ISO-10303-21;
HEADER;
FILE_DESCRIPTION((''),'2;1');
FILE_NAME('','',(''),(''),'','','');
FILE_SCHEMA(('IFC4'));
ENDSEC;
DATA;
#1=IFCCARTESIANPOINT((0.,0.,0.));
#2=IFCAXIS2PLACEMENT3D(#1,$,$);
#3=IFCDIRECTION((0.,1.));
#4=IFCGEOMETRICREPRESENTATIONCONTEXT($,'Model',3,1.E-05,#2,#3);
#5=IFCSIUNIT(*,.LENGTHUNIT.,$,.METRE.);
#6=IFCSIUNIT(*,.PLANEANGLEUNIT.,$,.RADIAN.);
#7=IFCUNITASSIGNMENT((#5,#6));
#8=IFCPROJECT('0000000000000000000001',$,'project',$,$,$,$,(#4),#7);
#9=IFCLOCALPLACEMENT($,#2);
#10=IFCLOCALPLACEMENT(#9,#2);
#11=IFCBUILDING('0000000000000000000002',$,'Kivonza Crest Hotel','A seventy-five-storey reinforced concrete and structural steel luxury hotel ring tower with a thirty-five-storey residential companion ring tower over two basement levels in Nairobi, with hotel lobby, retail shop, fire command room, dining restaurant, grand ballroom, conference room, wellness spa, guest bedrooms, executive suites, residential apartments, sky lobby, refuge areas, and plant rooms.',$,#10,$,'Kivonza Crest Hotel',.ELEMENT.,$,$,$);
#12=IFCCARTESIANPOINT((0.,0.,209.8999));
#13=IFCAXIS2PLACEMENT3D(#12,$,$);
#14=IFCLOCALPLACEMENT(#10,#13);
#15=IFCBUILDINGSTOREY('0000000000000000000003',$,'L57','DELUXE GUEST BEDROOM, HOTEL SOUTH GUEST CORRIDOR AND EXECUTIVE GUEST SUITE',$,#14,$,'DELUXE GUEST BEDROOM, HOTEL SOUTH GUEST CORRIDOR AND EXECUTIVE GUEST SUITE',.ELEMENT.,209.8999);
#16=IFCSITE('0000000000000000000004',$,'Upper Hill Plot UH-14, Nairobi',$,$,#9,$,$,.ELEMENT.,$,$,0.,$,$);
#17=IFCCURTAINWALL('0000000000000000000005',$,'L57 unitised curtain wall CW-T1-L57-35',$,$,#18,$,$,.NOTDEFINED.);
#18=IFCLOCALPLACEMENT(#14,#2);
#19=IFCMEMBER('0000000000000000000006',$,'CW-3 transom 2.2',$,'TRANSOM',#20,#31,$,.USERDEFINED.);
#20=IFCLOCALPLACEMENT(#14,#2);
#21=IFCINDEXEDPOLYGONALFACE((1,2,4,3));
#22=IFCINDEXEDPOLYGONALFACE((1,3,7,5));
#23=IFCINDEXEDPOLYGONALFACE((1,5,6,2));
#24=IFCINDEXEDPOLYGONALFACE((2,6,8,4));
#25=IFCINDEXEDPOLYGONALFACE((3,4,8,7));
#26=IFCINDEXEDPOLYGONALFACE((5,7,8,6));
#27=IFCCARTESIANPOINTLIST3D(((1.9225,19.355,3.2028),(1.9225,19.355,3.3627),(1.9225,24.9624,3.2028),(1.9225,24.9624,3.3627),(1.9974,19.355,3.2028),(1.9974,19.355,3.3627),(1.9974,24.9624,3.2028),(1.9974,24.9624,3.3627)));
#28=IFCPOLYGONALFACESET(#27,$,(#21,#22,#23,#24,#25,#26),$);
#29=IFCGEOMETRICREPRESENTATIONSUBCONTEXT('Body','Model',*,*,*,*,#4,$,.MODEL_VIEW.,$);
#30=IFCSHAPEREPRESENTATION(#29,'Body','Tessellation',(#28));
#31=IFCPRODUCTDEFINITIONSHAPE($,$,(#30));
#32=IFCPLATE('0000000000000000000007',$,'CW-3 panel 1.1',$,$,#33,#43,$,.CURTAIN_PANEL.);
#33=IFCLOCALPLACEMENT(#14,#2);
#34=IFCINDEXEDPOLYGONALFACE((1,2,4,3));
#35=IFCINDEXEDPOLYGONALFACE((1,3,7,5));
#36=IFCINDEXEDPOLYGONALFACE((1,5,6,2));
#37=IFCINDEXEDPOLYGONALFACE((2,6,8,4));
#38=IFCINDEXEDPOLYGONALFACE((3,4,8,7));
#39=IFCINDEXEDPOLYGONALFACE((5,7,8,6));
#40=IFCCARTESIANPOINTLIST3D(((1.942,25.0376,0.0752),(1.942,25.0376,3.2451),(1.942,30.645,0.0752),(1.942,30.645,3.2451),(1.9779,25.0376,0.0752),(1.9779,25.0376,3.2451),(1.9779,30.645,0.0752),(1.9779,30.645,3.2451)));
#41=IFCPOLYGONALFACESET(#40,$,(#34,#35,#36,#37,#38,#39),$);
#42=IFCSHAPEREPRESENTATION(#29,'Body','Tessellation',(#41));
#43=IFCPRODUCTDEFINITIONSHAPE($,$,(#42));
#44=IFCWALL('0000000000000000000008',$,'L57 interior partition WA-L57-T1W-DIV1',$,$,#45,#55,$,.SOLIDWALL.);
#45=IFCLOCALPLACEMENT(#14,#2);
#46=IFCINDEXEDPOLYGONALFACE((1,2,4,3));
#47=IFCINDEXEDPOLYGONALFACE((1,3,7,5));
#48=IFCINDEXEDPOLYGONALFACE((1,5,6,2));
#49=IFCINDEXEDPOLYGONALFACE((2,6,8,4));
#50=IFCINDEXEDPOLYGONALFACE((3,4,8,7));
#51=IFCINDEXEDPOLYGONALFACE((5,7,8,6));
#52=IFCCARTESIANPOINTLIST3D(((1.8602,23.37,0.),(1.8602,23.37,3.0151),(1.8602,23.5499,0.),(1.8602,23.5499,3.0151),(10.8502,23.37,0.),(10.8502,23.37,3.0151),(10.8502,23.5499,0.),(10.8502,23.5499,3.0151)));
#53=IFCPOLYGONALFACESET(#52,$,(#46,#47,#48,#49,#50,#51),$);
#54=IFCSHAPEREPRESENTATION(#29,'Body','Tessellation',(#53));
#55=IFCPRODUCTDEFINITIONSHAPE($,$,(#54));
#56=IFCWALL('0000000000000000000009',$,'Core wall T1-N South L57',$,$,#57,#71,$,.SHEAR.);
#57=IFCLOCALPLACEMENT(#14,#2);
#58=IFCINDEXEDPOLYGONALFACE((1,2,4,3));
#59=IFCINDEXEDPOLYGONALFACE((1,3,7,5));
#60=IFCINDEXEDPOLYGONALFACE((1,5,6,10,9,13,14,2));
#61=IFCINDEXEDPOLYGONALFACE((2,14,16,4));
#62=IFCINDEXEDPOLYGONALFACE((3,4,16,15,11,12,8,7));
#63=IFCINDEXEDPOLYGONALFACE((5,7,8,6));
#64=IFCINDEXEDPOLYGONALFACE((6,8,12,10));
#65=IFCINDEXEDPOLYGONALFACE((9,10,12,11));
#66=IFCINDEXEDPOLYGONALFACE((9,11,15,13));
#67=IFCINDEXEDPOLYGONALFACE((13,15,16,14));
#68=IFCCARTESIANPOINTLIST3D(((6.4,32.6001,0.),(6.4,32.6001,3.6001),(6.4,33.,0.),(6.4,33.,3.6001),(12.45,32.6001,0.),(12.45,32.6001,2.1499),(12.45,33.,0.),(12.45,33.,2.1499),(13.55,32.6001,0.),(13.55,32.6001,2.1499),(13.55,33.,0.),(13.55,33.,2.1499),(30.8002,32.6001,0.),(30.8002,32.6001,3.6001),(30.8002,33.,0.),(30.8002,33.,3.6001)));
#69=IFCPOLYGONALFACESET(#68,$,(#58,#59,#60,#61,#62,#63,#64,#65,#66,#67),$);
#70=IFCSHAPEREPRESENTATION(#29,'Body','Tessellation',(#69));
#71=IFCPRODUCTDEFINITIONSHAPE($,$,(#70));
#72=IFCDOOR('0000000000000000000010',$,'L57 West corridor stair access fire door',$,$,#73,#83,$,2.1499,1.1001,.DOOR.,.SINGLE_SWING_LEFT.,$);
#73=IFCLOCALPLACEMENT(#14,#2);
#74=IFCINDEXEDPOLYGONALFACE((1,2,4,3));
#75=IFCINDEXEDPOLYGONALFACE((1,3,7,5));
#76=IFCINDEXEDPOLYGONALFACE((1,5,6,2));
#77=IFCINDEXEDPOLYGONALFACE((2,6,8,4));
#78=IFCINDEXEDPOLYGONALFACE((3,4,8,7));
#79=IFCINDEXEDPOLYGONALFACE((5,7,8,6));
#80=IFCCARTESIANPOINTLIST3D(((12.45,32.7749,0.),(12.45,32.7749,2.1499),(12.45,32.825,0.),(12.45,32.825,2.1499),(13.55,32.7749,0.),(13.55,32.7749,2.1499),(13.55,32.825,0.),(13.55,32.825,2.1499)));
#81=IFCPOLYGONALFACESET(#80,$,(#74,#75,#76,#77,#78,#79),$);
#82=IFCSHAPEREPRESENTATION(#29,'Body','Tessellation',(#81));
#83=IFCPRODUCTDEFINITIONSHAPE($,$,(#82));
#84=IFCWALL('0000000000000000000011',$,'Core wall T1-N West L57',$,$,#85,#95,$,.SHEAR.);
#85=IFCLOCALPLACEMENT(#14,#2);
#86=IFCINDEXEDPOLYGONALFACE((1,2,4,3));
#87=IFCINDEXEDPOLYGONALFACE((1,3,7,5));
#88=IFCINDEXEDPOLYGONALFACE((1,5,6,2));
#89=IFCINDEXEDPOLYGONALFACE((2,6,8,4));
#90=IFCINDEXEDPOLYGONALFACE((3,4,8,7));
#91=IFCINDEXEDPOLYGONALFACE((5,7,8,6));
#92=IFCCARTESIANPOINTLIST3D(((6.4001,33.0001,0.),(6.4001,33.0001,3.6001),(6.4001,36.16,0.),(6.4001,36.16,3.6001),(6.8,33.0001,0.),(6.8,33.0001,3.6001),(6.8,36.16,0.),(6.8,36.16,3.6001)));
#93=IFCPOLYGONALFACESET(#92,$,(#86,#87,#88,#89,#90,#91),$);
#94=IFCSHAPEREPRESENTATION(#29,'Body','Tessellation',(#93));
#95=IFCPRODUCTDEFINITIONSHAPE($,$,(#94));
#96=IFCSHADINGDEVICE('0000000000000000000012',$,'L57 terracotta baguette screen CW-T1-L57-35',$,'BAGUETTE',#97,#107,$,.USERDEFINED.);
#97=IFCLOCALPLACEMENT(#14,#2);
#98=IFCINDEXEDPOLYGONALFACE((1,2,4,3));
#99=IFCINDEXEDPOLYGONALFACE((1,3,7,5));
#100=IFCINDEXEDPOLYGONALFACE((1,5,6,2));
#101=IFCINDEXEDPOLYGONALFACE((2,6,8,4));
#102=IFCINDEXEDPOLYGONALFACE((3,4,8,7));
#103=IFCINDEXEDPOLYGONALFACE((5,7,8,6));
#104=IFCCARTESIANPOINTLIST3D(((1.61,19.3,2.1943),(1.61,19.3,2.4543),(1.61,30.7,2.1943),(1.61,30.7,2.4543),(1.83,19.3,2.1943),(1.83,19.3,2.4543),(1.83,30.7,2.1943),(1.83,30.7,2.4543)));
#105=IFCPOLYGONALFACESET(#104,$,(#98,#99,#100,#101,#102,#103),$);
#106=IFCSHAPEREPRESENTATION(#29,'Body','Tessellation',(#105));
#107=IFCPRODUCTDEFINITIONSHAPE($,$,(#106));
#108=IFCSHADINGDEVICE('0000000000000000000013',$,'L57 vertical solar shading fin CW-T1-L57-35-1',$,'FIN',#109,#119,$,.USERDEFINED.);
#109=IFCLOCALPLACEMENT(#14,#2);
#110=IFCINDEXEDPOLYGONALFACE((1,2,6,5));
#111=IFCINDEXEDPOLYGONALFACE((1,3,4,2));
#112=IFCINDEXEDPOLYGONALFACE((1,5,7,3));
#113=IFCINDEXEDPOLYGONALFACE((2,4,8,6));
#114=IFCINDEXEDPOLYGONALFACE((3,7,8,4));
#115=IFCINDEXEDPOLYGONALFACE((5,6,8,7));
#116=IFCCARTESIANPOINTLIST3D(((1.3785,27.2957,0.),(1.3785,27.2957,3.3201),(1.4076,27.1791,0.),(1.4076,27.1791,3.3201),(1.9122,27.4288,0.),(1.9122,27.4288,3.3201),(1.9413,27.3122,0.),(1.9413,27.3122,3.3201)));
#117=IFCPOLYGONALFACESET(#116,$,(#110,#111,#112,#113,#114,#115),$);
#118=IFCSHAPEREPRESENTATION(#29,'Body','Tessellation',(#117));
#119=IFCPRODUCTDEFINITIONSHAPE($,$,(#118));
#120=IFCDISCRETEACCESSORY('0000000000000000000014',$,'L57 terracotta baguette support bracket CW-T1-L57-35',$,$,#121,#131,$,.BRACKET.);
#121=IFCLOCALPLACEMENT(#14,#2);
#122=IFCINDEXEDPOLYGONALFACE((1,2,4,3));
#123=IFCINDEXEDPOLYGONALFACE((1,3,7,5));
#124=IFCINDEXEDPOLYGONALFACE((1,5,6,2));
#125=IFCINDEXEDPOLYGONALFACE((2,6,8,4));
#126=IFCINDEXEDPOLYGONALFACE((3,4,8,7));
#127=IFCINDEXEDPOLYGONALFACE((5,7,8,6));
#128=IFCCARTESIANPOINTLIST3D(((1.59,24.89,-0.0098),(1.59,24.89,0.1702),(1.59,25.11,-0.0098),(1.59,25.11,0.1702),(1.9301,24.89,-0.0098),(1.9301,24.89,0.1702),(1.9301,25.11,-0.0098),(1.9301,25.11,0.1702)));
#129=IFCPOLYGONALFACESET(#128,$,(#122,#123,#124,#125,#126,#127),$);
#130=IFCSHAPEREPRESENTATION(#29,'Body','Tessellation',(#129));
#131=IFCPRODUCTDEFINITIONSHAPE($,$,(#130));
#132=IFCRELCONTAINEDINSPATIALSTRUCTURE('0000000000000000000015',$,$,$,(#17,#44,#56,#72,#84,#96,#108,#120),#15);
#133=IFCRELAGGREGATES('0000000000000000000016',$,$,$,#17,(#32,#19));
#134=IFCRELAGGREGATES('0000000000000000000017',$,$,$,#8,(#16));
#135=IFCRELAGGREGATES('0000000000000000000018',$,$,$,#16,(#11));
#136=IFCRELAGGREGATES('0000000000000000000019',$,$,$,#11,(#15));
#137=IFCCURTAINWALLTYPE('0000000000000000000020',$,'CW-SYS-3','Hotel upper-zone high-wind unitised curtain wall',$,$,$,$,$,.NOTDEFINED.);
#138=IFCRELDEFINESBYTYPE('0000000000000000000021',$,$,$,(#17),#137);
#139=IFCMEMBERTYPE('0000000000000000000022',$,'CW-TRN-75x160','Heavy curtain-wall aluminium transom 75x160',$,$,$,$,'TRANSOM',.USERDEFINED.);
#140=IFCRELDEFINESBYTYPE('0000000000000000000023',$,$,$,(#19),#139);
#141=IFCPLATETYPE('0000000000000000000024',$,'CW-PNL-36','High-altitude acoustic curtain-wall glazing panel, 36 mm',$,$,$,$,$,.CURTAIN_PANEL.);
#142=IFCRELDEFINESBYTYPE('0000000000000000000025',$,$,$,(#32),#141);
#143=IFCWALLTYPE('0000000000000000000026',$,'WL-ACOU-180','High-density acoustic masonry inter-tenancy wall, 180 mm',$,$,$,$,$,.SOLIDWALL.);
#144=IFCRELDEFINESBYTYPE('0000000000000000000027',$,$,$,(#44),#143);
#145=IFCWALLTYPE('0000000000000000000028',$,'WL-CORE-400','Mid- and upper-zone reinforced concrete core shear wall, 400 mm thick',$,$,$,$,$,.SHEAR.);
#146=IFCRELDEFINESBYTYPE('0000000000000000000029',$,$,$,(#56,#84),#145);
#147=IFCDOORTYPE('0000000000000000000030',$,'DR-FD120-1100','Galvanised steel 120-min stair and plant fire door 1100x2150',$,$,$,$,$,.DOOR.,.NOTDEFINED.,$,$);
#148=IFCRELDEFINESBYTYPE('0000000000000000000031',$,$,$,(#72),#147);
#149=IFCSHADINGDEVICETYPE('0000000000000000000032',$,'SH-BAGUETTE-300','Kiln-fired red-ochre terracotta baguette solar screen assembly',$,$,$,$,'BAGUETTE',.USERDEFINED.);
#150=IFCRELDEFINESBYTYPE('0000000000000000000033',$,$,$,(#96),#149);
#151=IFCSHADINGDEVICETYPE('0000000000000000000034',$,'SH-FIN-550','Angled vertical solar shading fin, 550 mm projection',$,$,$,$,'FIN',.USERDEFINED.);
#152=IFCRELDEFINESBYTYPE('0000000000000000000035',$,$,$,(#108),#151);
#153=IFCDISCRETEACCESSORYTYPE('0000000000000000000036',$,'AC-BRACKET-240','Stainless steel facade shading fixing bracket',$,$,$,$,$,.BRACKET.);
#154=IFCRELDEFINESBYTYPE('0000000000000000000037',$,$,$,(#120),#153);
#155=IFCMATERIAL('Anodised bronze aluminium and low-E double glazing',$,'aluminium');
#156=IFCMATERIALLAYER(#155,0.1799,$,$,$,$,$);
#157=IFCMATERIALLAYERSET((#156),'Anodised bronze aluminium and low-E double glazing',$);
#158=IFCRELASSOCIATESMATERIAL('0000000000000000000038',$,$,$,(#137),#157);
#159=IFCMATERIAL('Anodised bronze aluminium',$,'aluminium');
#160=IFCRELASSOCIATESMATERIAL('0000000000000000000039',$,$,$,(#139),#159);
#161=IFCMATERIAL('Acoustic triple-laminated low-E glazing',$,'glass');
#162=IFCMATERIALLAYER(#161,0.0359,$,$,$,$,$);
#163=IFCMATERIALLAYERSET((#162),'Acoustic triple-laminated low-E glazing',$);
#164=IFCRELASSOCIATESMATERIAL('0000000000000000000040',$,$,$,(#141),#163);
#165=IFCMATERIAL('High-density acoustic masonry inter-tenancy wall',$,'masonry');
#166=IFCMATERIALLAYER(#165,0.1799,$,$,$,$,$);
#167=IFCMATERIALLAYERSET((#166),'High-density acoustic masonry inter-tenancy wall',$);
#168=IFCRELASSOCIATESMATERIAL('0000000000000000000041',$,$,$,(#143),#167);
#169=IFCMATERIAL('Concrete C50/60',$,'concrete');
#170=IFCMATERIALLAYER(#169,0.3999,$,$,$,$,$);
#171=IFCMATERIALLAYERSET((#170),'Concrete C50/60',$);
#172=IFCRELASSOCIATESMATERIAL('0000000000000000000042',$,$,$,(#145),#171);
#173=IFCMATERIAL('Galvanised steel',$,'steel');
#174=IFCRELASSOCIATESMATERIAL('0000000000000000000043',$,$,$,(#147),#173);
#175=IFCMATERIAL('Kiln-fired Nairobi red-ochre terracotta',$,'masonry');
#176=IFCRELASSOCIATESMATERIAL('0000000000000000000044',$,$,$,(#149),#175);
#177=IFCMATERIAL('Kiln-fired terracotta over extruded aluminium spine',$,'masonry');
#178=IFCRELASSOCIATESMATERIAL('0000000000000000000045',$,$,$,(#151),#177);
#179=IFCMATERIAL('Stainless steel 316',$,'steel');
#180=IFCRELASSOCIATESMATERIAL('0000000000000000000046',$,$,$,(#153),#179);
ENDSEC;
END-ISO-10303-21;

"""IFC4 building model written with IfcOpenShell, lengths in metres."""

from ifc_helpers import new_model, si_unit, direction, frame, frame_2d, origin, origin_2d, place, context, subcontext, project, spatial, rectangle, extrude, material, layer, layer_set, material_profile, profile_set, type_object, element, fill, aggregate, save


model = new_model("IFC4")

# Units and contexts
model_context = context("Model", 3, precision=1e-05, world=origin(), true_north=direction((0.0, 1.0)))
body_context = subcontext(model_context, "Body", "Model", "MODEL_VIEW")
ifc_project = project(units=[si_unit("LENGTHUNIT", "METRE"), si_unit("PLANEANGLEUNIT", "RADIAN")], contexts=[model_context])

# Site, building, storey
site_placement = place(None, origin())
site = spatial("IfcSite", under=ifc_project, at=site_placement, Name="Upper Hill Plot UH-14, Nairobi", CompositionType="ELEMENT", RefElevation=0.0)
building_placement = place(site_placement, origin())
building = spatial("IfcBuilding", under=site, at=building_placement, Name="Kivonza Crest Hotel", Description="A seventy-five-storey reinforced concrete and structural steel luxury hotel ring tower with a thirty-five-storey residential companion ring tower over two basement levels in Nairobi, with hotel lobby, retail shop, fire command room, dining restaurant, grand ballroom, conference room, wellness spa, guest bedrooms, executive suites, residential apartments, sky lobby, refuge areas, and plant rooms.", LongName="Kivonza Crest Hotel", CompositionType="ELEMENT")
storey_placement = place(building_placement, frame((0.0, 0.0, 209.8999)))
storey = spatial("IfcBuildingStorey", under=building, at=storey_placement, Name="L57", Description="DELUXE GUEST BEDROOM, HOTEL SOUTH GUEST CORRIDOR AND EXECUTIVE GUEST SUITE", LongName="DELUXE GUEST BEDROOM, HOTEL SOUTH GUEST CORRIDOR AND EXECUTIVE GUEST SUITE", CompositionType="ELEMENT", Elevation=209.8999)

# Shared definitions
ifc_material_1 = material(Name="Concrete C50/60", Category="concrete")

# Curtain wall, member, plate
ifc_material_2 = material(Name="Anodised bronze aluminium and low-E double glazing", Category="aluminium")
ifc_layer_1 = layer(ifc_material_2, 0.1799)
ifc_layer_set_1 = layer_set([ifc_layer_1], Name="Anodised bronze aluminium and low-E double glazing")
curtain_wall_type = type_object("IfcCurtainWallType", Name="CW-SYS-3", Description="Hotel upper-zone high-wind unitised curtain wall", PredefinedType="NOTDEFINED", material=ifc_layer_set_1)
curtain_wall_placement = place(storey_placement, origin())
curtain_wall = element("IfcCurtainWall", 1, at=curtain_wall_placement, inside=storey, type_object=curtain_wall_type, Name="L57 unitised curtain wall CW-T1-L57-35", PredefinedType="NOTDEFINED")
ifc_material_3 = material(Name="Anodised bronze aluminium", Category="aluminium")
ifc_material_profile_1 = material_profile(ifc_material_3, rectangle(XDim=0.075, YDim=0.1599, at=origin_2d()), Name="CW-T 75x160")
ifc_profile_set_1 = profile_set([ifc_material_profile_1], Name="Anodised bronze aluminium")
member_type_1 = type_object("IfcMemberType", Name="CW-TRN-75x160", Description="Heavy curtain-wall aluminium transom 75x160", ElementType="TRANSOM", PredefinedType="USERDEFINED", material=ifc_profile_set_1)
member_1_placement = place(storey_placement, frame((1.96, 24.9624, 3.2827), z_axis=(0.0, -1.0, 0.0), x_axis=(1.0, 0.0, 0.0)))
member_1 = element("IfcMember", 2, at=member_1_placement, type_object=member_type_1, Name="CW-3 transom 2.2", ObjectType="TRANSOM", PredefinedType="USERDEFINED", context=body_context, shape_type="SweptSolid", body=[
    extrude(rectangle(XDim=0.075, YDim=0.1599, at=origin_2d()), origin(), (0.0, 0.0, 1.0), 5.6074),
])
ifc_material_4 = material(Name="Acoustic triple-laminated low-E glazing", Category="glass")
ifc_layer_2 = layer(ifc_material_4, 0.0359)
ifc_layer_set_2 = layer_set([ifc_layer_2], Name="Acoustic triple-laminated low-E glazing")
plate_type = type_object("IfcPlateType", Name="CW-PNL-36", Description="High-altitude acoustic curtain-wall glazing panel, 36 mm", PredefinedType="CURTAIN_PANEL", material=ifc_layer_set_2)
plate_placement = place(storey_placement, frame((1.96, 27.8413, 0.0752), z_axis=(0.0, 0.0, 1.0), x_axis=(0.0, -1.0, 0.0)))
plate = element("IfcPlate", 3, at=plate_placement, type_object=plate_type, Name="CW-3 panel 1.1", PredefinedType="CURTAIN_PANEL", context=body_context, shape_type="SweptSolid", body=[
    extrude(rectangle(XDim=5.6074, YDim=0.0359, at=origin_2d()), origin(), (0.0, 0.0, 1.0), 3.1699),
])
aggregate(curtain_wall, [plate, member_1])

# Wall
ifc_material_5 = material(Name="High-density acoustic masonry inter-tenancy wall", Category="masonry")
ifc_layer_3 = layer(ifc_material_5, 0.1799)
ifc_layer_set_3 = layer_set([ifc_layer_3], Name="High-density acoustic masonry inter-tenancy wall")
wall_type_1 = type_object("IfcWallType", Name="WL-ACOU-180", Description="High-density acoustic masonry inter-tenancy wall, 180 mm", PredefinedType="SOLIDWALL", material=ifc_layer_set_3)
wall_1_placement = place(storey_placement, frame((1.8601, 23.46, 0.0), z_axis=(0.0, 0.0, 1.0), x_axis=(1.0, 0.0, 0.0)))
element("IfcWall", 4, at=wall_1_placement, inside=storey, type_object=wall_type_1, Name="L57 interior partition WA-L57-T1W-DIV1", PredefinedType="SOLIDWALL", context=body_context, shape_type="SweptSolid", body=[
    extrude(rectangle(XDim=8.99, YDim=0.1799, at=frame_2d((4.4951, 0.0))), origin(), (0.0, 0.0, 1.0), 3.0151),
])

# Wall, opening, door
ifc_layer_4 = layer(ifc_material_1, 0.3999)
ifc_layer_set_4 = layer_set([ifc_layer_4], Name="Concrete C50/60")
wall_type_2 = type_object("IfcWallType", Name="WL-CORE-400", Description="Mid- and upper-zone reinforced concrete core shear wall, 400 mm thick", PredefinedType="SHEAR", material=ifc_layer_set_4)
wall_2_placement = place(storey_placement, frame((6.3999, 32.8, 0.0), z_axis=(0.0, 0.0, 1.0), x_axis=(1.0, 0.0, 0.0)))
wall_2 = element("IfcWall", 5, at=wall_2_placement, inside=storey, type_object=wall_type_2, Name="Core wall T1-N South L57", PredefinedType="SHEAR", context=body_context, shape_type="SweptSolid", body=[
    extrude(rectangle(XDim=24.4001, YDim=0.3999, at=frame_2d((12.2002, 0.0))), origin(), (0.0, 0.0, 1.0), 3.6001),
])
opening_placement = place(wall_2_placement, frame((6.05, 0.0, 0.0)))
opening = element("IfcOpeningElement", 6, at=opening_placement, cuts=wall_2, PredefinedType="OPENING", context=body_context, shape_type="SweptSolid", body=[
    extrude(rectangle(XDim=1.1001, YDim=2.1499, at=frame_2d((0.55, 1.075))), frame((0.0, 0.21, 0.0), z_axis=(0.0, -1.0, 0.0), x_axis=(1.0, 0.0, 0.0)), (0.0, 0.0, 1.0), 0.4199),
])
ifc_material_6 = material(Name="Galvanised steel", Category="steel")
door_type = type_object("IfcDoorType", Name="DR-FD120-1100", Description="Galvanised steel 120-min stair and plant fire door 1100x2150", OperationType="NOTDEFINED", PredefinedType="DOOR", material=ifc_material_6)
door_placement = place(opening_placement, origin())
door = element("IfcDoor", 7, at=door_placement, inside=storey, type_object=door_type, Name="L57 West corridor stair access fire door", OperationType="SINGLE_SWING_LEFT", OverallHeight=2.1499, OverallWidth=1.1001, PredefinedType="DOOR", context=body_context, shape_type="SweptSolid", body=[
    extrude(rectangle(XDim=1.1001, YDim=2.1499, at=frame_2d((0.55, 1.075))), frame((0.0, 0.0249, 0.0), z_axis=(0.0, -1.0, 0.0), x_axis=(1.0, 0.0, 0.0)), (0.0, 0.0, 1.0), 0.05),
])
fill(opening, door)

# Wall
wall_3_placement = place(storey_placement, frame((6.6001, 33.0, 0.0), z_axis=(0.0, 0.0, 1.0), x_axis=(0.0, 1.0, 0.0)))
element("IfcWall", 8, at=wall_3_placement, inside=storey, type_object=wall_type_2, Name="Core wall T1-N West L57", PredefinedType="SHEAR", context=body_context, shape_type="SweptSolid", body=[
    extrude(rectangle(XDim=3.1599, YDim=0.3999, at=frame_2d((1.5801, 0.0))), origin(), (0.0, 0.0, 1.0), 3.6001),
])

# Shading devices
ifc_material_7 = material(Name="Kiln-fired Nairobi red-ochre terracotta", Category="masonry")
shading_device_type_1 = type_object("IfcShadingDeviceType", Name="SH-BAGUETTE-300", Description="Kiln-fired red-ochre terracotta baguette solar screen assembly", ElementType="BAGUETTE", PredefinedType="USERDEFINED", material=ifc_material_7)
shading_device_1_placement = place(storey_placement, frame((1.72, 25.0, 2.1943), z_axis=(0.0, 0.0, 1.0), x_axis=(0.0, -1.0, 0.0)))
element("IfcShadingDevice", 9, at=shading_device_1_placement, inside=storey, type_object=shading_device_type_1, Name="L57 terracotta baguette screen CW-T1-L57-35", ObjectType="BAGUETTE", PredefinedType="USERDEFINED", context=body_context, shape_type="SweptSolid", body=[
    extrude(rectangle(XDim=11.3999, YDim=0.22, at=origin_2d()), origin(), (0.0, 0.0, 1.0), 0.26),
])
ifc_material_8 = material(Name="Kiln-fired terracotta over extruded aluminium spine", Category="masonry")
shading_device_type_2 = type_object("IfcShadingDeviceType", Name="SH-FIN-550", Description="Angled vertical solar shading fin, 550 mm projection", ElementType="FIN", PredefinedType="USERDEFINED", material=ifc_material_8)
shading_device_2_placement = place(storey_placement, frame((1.6599, 27.304, 0.0), z_axis=(0.0, 0.0, 1.0), x_axis=(0.241922, -0.970296, 0.0)))
element("IfcShadingDevice", 10, at=shading_device_2_placement, inside=storey, type_object=shading_device_type_2, Name="L57 vertical solar shading fin CW-T1-L57-35-1", ObjectType="FIN", PredefinedType="USERDEFINED", context=body_context, shape_type="SweptSolid", body=[
    extrude(rectangle(XDim=0.1201, YDim=0.55, at=origin_2d()), origin(), (0.0, 0.0, 1.0), 3.3201),
])

# Discrete accessory
ifc_material_9 = material(Name="Stainless steel 316", Category="steel")
discrete_accessory_type = type_object("IfcDiscreteAccessoryType", Name="AC-BRACKET-240", Description="Stainless steel facade shading fixing bracket", PredefinedType="BRACKET", material=ifc_material_9)
discrete_accessory_placement = place(storey_placement, frame((1.76, 25.0, -0.0098), z_axis=(0.0, 0.0, 1.0), x_axis=(0.0, -1.0, 0.0)))
element("IfcDiscreteAccessory", 11, at=discrete_accessory_placement, inside=storey, type_object=discrete_accessory_type, Name="L57 terracotta baguette support bracket CW-T1-L57-35", PredefinedType="BRACKET", context=body_context, shape_type="SweptSolid", body=[
    extrude(rectangle(XDim=0.22, YDim=0.3401, at=origin_2d()), origin(), (0.0, 0.0, 1.0), 0.1799),
])

save(model, "model.ifc")
